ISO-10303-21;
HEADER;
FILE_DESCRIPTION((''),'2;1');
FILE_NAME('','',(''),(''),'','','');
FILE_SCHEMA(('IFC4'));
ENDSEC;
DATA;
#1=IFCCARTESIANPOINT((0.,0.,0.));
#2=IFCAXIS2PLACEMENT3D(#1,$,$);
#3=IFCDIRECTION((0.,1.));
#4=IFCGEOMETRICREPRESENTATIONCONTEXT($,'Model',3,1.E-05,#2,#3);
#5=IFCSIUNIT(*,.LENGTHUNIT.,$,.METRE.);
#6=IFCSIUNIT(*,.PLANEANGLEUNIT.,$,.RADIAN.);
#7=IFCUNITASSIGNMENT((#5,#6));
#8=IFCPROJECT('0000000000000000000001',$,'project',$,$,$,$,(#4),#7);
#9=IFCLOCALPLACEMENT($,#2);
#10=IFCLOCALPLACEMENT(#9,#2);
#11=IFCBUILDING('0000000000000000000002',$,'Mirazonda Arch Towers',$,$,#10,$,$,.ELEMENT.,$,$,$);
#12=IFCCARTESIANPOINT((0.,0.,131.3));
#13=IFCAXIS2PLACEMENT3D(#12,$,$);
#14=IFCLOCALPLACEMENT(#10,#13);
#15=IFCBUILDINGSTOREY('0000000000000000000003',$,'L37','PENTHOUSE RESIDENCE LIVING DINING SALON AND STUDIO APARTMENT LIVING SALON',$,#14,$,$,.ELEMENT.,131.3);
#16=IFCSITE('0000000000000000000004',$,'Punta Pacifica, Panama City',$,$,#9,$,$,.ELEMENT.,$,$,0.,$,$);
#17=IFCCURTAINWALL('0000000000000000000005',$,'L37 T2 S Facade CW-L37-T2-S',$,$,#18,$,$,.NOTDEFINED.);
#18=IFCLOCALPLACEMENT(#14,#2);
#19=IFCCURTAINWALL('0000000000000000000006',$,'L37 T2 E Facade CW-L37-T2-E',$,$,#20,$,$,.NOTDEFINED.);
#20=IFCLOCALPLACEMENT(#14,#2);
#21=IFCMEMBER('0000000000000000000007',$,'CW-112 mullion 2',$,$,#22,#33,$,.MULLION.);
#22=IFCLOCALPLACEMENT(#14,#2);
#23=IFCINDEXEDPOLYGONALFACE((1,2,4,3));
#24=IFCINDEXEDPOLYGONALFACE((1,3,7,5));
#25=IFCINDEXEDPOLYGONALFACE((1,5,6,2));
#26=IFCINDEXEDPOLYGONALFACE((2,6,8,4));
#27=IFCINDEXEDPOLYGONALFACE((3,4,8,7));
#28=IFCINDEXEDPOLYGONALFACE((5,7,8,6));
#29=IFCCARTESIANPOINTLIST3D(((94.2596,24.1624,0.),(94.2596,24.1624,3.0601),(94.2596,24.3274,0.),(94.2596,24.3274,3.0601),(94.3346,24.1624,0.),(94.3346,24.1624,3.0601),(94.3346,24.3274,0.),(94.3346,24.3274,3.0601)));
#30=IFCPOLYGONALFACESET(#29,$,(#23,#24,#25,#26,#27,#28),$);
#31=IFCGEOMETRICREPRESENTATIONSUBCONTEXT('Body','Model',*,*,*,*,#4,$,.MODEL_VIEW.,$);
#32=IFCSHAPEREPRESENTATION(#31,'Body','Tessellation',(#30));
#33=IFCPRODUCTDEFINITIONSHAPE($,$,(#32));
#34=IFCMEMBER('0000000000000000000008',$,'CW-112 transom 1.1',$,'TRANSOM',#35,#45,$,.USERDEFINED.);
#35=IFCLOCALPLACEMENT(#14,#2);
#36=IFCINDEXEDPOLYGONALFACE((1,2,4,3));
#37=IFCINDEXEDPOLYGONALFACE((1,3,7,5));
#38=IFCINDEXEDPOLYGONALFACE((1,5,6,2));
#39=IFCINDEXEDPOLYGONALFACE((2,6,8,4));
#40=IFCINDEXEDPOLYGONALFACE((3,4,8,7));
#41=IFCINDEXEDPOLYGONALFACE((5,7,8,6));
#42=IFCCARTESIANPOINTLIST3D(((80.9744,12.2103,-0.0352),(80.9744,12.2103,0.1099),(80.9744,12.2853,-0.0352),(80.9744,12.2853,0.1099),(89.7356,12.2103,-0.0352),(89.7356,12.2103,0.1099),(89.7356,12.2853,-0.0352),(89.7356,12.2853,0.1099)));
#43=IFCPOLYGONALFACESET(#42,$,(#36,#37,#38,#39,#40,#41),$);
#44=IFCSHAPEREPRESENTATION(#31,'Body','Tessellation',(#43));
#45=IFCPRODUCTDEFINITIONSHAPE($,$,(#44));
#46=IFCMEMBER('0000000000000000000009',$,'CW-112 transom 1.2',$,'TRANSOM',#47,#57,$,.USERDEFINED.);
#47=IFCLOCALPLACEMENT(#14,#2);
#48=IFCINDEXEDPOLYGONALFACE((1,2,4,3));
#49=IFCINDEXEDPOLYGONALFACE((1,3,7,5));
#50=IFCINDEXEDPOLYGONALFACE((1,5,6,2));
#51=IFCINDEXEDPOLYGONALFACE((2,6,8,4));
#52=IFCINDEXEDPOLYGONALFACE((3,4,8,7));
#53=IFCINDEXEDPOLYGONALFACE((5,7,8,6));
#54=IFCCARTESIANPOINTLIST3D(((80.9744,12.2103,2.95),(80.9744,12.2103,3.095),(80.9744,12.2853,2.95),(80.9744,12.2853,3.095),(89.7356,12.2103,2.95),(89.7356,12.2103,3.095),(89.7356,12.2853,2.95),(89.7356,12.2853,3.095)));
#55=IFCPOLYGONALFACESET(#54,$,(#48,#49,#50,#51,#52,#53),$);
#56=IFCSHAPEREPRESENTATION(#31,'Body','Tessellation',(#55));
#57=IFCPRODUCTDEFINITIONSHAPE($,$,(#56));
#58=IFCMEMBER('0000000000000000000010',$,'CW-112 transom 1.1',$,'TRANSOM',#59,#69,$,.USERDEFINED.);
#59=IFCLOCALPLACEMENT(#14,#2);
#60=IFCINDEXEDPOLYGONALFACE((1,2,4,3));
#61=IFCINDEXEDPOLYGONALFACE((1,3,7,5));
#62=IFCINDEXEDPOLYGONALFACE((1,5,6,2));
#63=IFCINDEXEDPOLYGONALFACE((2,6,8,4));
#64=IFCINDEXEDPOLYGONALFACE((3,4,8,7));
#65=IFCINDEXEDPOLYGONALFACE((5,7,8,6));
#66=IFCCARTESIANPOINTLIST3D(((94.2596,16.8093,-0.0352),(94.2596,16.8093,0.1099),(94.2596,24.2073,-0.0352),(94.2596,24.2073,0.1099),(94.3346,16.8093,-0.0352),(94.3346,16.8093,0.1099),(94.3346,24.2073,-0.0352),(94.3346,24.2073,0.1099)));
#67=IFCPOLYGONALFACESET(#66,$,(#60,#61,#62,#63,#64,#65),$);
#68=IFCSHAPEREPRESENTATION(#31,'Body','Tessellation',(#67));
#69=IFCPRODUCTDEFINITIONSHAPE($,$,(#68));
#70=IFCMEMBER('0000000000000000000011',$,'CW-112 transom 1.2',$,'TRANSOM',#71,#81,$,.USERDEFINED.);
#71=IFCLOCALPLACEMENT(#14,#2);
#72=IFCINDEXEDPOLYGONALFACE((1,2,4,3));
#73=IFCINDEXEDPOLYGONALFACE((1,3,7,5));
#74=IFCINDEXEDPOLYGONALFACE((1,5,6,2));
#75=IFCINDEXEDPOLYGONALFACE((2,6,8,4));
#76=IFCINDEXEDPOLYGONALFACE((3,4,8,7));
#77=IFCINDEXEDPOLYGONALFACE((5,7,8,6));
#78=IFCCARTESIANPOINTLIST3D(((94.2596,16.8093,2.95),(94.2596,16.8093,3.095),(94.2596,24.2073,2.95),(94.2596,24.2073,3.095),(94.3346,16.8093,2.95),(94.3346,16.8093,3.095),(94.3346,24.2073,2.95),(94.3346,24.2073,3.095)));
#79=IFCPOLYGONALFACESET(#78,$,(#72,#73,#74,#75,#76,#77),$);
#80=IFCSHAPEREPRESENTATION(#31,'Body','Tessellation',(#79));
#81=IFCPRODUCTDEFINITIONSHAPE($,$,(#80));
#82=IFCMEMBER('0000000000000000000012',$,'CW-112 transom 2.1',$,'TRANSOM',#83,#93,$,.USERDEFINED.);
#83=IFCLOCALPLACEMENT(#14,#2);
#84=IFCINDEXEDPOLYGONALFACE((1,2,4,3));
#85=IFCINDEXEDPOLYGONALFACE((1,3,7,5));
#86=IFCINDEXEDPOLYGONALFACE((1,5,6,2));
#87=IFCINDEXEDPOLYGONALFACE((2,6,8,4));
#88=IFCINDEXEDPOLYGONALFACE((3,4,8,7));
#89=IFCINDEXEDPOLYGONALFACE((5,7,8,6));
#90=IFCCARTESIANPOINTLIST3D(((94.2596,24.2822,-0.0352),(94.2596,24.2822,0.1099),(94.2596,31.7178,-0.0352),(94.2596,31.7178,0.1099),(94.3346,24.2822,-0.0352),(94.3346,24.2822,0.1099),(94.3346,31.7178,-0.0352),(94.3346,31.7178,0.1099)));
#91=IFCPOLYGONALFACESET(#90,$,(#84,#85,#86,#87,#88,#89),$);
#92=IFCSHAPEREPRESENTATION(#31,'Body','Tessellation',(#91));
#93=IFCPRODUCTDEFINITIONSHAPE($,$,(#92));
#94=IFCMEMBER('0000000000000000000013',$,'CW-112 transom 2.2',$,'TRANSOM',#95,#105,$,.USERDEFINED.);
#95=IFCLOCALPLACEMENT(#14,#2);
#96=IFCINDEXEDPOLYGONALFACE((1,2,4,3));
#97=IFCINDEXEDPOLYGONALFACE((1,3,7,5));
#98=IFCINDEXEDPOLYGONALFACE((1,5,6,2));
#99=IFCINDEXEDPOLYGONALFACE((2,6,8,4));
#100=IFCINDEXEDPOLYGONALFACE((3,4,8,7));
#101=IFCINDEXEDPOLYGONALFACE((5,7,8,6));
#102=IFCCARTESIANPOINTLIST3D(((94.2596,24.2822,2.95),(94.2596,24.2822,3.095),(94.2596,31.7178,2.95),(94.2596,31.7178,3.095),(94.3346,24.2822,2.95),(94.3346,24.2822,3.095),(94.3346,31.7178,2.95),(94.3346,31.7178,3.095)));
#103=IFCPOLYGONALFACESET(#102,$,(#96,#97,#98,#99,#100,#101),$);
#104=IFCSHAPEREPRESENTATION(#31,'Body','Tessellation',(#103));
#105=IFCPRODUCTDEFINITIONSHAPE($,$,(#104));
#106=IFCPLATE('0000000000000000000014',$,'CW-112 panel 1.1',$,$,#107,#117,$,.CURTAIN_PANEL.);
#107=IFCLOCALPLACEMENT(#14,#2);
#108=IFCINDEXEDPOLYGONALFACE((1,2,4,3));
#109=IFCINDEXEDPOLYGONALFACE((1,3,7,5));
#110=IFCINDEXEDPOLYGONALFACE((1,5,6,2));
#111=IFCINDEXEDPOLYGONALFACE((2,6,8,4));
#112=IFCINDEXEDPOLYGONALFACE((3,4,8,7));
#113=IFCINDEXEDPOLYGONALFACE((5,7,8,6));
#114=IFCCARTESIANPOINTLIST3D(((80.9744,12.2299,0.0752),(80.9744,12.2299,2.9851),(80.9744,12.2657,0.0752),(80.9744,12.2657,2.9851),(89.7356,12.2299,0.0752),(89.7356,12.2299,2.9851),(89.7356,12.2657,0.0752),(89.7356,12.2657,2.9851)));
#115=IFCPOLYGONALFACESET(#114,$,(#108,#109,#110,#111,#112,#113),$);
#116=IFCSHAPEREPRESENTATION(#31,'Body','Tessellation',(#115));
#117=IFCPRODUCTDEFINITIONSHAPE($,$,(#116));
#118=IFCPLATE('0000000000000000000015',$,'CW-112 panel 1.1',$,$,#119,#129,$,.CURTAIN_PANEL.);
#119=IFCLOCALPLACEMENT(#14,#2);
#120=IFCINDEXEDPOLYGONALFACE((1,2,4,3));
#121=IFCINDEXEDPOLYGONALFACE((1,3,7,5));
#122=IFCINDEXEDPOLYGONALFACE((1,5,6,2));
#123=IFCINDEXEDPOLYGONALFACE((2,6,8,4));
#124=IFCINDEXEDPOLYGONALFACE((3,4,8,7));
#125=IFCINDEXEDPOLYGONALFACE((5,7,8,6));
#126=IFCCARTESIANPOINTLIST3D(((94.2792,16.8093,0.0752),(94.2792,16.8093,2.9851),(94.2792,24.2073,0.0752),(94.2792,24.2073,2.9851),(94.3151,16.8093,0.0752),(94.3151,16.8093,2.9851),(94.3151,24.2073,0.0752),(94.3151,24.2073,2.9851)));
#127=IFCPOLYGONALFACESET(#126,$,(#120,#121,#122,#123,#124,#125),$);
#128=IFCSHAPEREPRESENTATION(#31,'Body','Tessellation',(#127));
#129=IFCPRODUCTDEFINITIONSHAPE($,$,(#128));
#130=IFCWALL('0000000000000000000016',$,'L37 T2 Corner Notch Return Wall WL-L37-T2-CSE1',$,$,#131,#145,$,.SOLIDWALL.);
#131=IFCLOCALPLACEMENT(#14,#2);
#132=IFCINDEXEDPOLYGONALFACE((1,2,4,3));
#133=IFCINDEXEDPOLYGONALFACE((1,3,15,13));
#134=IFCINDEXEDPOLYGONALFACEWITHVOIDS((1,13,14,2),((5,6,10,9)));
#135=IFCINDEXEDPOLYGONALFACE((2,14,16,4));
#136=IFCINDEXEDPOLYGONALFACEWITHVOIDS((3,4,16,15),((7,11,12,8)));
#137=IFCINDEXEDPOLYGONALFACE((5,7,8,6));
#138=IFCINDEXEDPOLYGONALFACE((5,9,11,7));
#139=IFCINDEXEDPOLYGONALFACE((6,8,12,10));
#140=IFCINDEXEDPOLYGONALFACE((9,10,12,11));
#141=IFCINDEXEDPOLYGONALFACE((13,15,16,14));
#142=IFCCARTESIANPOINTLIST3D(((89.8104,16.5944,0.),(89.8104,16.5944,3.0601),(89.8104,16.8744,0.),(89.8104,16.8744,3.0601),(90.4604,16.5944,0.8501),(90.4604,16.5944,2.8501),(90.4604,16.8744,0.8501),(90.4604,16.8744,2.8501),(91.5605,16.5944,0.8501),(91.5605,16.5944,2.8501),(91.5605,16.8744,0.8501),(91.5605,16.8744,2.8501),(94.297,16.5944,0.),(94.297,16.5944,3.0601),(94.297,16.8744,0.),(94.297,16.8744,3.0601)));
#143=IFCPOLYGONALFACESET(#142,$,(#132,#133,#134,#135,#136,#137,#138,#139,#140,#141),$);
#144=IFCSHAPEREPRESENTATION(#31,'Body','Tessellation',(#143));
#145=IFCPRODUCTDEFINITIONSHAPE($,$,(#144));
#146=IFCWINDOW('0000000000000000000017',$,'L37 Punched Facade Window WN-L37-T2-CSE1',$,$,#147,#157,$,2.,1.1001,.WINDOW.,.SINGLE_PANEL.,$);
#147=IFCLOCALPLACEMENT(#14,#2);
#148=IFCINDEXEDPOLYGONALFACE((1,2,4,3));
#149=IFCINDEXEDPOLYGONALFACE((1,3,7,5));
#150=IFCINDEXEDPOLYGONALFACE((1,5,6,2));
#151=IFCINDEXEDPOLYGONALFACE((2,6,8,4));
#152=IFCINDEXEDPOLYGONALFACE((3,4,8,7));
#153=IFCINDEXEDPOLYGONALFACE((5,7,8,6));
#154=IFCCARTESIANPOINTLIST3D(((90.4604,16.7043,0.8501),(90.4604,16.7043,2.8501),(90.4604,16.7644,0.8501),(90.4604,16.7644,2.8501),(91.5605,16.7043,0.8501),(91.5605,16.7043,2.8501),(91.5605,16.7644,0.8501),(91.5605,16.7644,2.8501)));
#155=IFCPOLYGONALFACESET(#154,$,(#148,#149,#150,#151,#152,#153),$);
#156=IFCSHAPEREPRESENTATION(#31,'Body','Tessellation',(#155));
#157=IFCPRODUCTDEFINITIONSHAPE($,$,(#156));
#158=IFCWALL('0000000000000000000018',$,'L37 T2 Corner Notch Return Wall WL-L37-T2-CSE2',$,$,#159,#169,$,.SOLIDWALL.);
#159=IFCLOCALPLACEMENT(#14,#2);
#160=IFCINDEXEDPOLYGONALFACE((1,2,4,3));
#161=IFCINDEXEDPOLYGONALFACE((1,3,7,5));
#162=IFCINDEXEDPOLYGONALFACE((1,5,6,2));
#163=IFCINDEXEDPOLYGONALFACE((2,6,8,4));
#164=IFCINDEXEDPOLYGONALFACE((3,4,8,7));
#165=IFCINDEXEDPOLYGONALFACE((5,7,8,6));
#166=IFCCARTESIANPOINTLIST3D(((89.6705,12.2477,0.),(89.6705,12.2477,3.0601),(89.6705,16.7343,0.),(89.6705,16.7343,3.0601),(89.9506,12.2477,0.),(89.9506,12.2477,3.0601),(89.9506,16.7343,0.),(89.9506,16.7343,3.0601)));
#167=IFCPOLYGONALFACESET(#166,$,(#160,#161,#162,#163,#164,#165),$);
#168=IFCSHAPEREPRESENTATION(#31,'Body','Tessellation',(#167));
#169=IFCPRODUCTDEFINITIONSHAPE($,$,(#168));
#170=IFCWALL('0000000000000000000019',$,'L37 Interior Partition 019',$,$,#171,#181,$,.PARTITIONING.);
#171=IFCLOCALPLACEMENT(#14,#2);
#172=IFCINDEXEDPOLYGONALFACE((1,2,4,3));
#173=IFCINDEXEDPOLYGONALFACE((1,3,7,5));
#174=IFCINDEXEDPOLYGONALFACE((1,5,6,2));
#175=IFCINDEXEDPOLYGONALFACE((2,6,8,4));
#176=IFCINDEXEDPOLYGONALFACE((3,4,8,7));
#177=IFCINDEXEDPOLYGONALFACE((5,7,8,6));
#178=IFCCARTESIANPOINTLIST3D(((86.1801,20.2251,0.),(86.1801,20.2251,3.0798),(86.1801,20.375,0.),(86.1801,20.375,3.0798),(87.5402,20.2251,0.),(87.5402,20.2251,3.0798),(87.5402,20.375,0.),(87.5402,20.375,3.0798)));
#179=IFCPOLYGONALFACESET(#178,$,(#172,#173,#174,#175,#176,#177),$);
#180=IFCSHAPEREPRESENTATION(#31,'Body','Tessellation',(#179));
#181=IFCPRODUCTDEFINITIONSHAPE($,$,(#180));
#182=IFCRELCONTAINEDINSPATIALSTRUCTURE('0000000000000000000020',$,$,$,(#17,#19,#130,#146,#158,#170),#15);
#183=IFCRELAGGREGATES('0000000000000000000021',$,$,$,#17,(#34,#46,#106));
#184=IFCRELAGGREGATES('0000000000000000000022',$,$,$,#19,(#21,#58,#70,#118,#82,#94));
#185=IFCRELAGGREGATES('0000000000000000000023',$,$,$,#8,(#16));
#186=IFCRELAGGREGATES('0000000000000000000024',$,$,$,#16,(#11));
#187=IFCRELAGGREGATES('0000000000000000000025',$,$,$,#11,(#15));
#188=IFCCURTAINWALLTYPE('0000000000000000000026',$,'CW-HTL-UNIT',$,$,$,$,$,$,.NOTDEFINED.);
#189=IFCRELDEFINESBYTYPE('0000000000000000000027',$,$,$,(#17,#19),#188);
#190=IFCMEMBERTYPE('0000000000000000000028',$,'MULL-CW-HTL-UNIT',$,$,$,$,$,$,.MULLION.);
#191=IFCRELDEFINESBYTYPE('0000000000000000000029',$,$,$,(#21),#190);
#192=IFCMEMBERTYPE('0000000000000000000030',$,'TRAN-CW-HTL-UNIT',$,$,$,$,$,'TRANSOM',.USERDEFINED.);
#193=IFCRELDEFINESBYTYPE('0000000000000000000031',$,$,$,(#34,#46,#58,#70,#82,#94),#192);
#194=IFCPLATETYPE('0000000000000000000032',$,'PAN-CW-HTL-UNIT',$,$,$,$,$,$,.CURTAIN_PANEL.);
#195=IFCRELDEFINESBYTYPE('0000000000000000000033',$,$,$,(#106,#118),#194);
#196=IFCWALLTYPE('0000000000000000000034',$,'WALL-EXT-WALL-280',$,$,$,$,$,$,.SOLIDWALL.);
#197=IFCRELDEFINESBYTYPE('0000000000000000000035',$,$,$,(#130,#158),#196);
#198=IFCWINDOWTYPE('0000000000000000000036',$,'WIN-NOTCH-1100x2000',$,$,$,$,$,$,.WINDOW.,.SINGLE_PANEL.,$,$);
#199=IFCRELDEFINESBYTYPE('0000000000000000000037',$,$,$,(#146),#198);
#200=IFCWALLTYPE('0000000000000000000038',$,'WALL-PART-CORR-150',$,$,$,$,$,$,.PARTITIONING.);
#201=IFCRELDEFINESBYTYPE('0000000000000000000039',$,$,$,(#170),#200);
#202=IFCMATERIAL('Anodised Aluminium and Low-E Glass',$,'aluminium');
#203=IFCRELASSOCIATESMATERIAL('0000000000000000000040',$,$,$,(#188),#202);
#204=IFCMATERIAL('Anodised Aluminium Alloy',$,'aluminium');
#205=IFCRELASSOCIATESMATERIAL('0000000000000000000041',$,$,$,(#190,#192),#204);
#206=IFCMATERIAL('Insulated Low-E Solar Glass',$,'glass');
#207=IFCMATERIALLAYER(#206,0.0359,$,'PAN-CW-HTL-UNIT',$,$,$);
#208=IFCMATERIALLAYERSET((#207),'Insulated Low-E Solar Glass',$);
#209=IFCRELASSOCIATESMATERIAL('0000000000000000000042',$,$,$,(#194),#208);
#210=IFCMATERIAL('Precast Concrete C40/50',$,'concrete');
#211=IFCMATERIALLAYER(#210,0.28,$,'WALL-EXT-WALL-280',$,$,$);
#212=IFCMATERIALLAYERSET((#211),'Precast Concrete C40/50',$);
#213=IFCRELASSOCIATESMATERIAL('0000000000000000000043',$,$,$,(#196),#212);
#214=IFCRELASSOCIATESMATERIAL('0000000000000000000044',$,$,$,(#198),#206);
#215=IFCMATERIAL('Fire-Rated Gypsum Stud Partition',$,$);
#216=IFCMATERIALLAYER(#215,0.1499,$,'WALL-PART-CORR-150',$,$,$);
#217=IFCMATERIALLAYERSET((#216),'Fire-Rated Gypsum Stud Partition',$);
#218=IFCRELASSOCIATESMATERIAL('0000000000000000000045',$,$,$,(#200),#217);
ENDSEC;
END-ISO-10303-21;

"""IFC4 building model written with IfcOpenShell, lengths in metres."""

from ifc_helpers import new_model, si_unit, direction, frame, frame_2d, origin, origin_2d, place, context, subcontext, project, spatial, rectangle, extrude, material, layer, layer_set, material_profile, profile_set, type_object, element, fill, aggregate, save


model = new_model("IFC4")

# Units and contexts
model_context = context("Model", 3, precision=1e-05, world=origin(), true_north=direction((0.0, 1.0)))
body_context = subcontext(model_context, "Body", "Model", "MODEL_VIEW")
ifc_project = project(units=[si_unit("LENGTHUNIT", "METRE"), si_unit("PLANEANGLEUNIT", "RADIAN")], contexts=[model_context])

# Site, building, storey
site_placement = place(None, origin())
site = spatial("IfcSite", under=ifc_project, at=site_placement, Name="Punta Pacifica, Panama City", CompositionType="ELEMENT", RefElevation=0.0)
building_placement = place(site_placement, origin())
building = spatial("IfcBuilding", under=site, at=building_placement, Name="Mirazonda Arch Towers", CompositionType="ELEMENT")
storey_placement = place(building_placement, frame((0.0, 0.0, 131.3)))
storey = spatial("IfcBuildingStorey", under=building, at=storey_placement, Name="L37", Description="PENTHOUSE RESIDENCE LIVING DINING SALON AND STUDIO APARTMENT LIVING SALON", CompositionType="ELEMENT", Elevation=131.3)

# Curtain wall
ifc_material_1 = material(Name="Anodised Aluminium and Low-E Glass", Category="aluminium")
curtain_wall_type = type_object("IfcCurtainWallType", Name="CW-HTL-UNIT", PredefinedType="NOTDEFINED", material=ifc_material_1)
curtain_wall_1_placement = place(storey_placement, origin())
curtain_wall_1 = element("IfcCurtainWall", 1, at=curtain_wall_1_placement, inside=storey, type_object=curtain_wall_type, Name="L37 T2 S Facade CW-L37-T2-S", PredefinedType="NOTDEFINED")
ifc_material_2 = material(Name="Anodised Aluminium Alloy", Category="aluminium")
ifc_material_profile_1 = material_profile(ifc_material_2, rectangle(XDim=0.075, YDim=0.165, at=origin_2d()), Name="ALU-MULL-75x165")
ifc_profile_set_1 = profile_set([ifc_material_profile_1], Name="Anodised Aluminium Alloy")
member_type_1 = type_object("IfcMemberType", Name="MULL-CW-HTL-UNIT", PredefinedType="MULLION", material=ifc_profile_set_1)

# Curtain wall, member
curtain_wall_2_placement = place(storey_placement, origin())
curtain_wall_2 = element("IfcCurtainWall", 2, at=curtain_wall_2_placement, inside=storey, type_object=curtain_wall_type, Name="L37 T2 E Facade CW-L37-T2-E", PredefinedType="NOTDEFINED")
member_1_placement = place(storey_placement, frame((94.2971, 24.2449, 0.0), z_axis=(0.0, 0.0, 1.0), x_axis=(-1.0, 0.0, 0.0)))
member_1 = element("IfcMember", 3, at=member_1_placement, type_object=member_type_1, Name="CW-112 mullion 2", PredefinedType="MULLION", context=body_context, shape_type="SweptSolid", body=[
    extrude(rectangle(XDim=0.075, YDim=0.165, at=origin_2d()), origin(), (0.0, 0.0, 1.0), 3.0601),
])

# Members
ifc_material_profile_2 = material_profile(ifc_material_2, rectangle(XDim=0.075, YDim=0.145, at=origin_2d()), Name="ALU-TRAN-75x145")
ifc_profile_set_2 = profile_set([ifc_material_profile_2], Name="Anodised Aluminium Alloy")
member_type_2 = type_object("IfcMemberType", Name="TRAN-CW-HTL-UNIT", ElementType="TRANSOM", PredefinedType="USERDEFINED", material=ifc_profile_set_2)
member_2_placement = place(storey_placement, frame((89.7356, 12.2478, 0.0374), z_axis=(-1.0, 0.0, 0.0), x_axis=(0.0, -1.0, 0.0)))
member_2 = element("IfcMember", 4, at=member_2_placement, type_object=member_type_2, Name="CW-112 transom 1.1", ObjectType="TRANSOM", PredefinedType="USERDEFINED", context=body_context, shape_type="SweptSolid", body=[
    extrude(rectangle(XDim=0.075, YDim=0.145, at=origin_2d()), origin(), (0.0, 0.0, 1.0), 8.7612),
])
member_3_placement = place(storey_placement, frame((89.7356, 12.2478, 3.0225), z_axis=(-1.0, 0.0, 0.0), x_axis=(0.0, -1.0, 0.0)))
member_3 = element("IfcMember", 5, at=member_3_placement, type_object=member_type_2, Name="CW-112 transom 1.2", ObjectType="TRANSOM", PredefinedType="USERDEFINED", context=body_context, shape_type="SweptSolid", body=[
    extrude(rectangle(XDim=0.075, YDim=0.145, at=origin_2d()), origin(), (0.0, 0.0, 1.0), 8.7612),
])
member_4_placement = place(storey_placement, frame((94.2971, 16.8093, 0.0374), z_axis=(0.0, 1.0, 0.0), x_axis=(-1.0, 0.0, 0.0)))
member_4 = element("IfcMember", 6, at=member_4_placement, type_object=member_type_2, Name="CW-112 transom 1.1", ObjectType="TRANSOM", PredefinedType="USERDEFINED", context=body_context, shape_type="SweptSolid", body=[
    extrude(rectangle(XDim=0.075, YDim=0.145, at=origin_2d()), origin(), (0.0, 0.0, 1.0), 7.3979),
])
member_5_placement = place(storey_placement, frame((94.2971, 16.8093, 3.0225), z_axis=(0.0, 1.0, 0.0), x_axis=(-1.0, 0.0, 0.0)))
member_5 = element("IfcMember", 7, at=member_5_placement, type_object=member_type_2, Name="CW-112 transom 1.2", ObjectType="TRANSOM", PredefinedType="USERDEFINED", context=body_context, shape_type="SweptSolid", body=[
    extrude(rectangle(XDim=0.075, YDim=0.145, at=origin_2d()), origin(), (0.0, 0.0, 1.0), 7.3979),
])
member_6_placement = place(storey_placement, frame((94.2971, 24.2822, 0.0374), z_axis=(0.0, 1.0, 0.0), x_axis=(-1.0, 0.0, 0.0)))
member_6 = element("IfcMember", 8, at=member_6_placement, type_object=member_type_2, Name="CW-112 transom 2.1", ObjectType="TRANSOM", PredefinedType="USERDEFINED", context=body_context, shape_type="SweptSolid", body=[
    extrude(rectangle(XDim=0.075, YDim=0.145, at=origin_2d()), origin(), (0.0, 0.0, 1.0), 7.4355),
])
member_7_placement = place(storey_placement, frame((94.2971, 24.2822, 3.0225), z_axis=(0.0, 1.0, 0.0), x_axis=(-1.0, 0.0, 0.0)))
member_7 = element("IfcMember", 9, at=member_7_placement, type_object=member_type_2, Name="CW-112 transom 2.2", ObjectType="TRANSOM", PredefinedType="USERDEFINED", context=body_context, shape_type="SweptSolid", body=[
    extrude(rectangle(XDim=0.075, YDim=0.145, at=origin_2d()), origin(), (0.0, 0.0, 1.0), 7.4355),
])

# Plates
ifc_material_3 = material(Name="Insulated Low-E Solar Glass", Category="glass")
ifc_layer_1 = layer(ifc_material_3, 0.0359, Name="PAN-CW-HTL-UNIT")
ifc_layer_set_1 = layer_set([ifc_layer_1], Name="Insulated Low-E Solar Glass")
plate_type = type_object("IfcPlateType", Name="PAN-CW-HTL-UNIT", PredefinedType="CURTAIN_PANEL", material=ifc_layer_set_1)
plate_1_placement = place(storey_placement, frame((85.355, 12.2478, 0.0752), z_axis=(0.0, 0.0, 1.0), x_axis=(-1.0, 0.0, 0.0)))
plate_1 = element("IfcPlate", 10, at=plate_1_placement, type_object=plate_type, Name="CW-112 panel 1.1", PredefinedType="CURTAIN_PANEL", context=body_context, shape_type="SweptSolid", body=[
    extrude(rectangle(XDim=8.7612, YDim=0.0359, at=origin_2d()), origin(), (0.0, 0.0, 1.0), 2.9099),
])
aggregate(curtain_wall_1, [member_2, member_3, plate_1])
plate_2_placement = place(storey_placement, frame((94.2971, 20.5083, 0.0752), z_axis=(0.0, 0.0, 1.0), x_axis=(0.0, 1.0, 0.0)))
plate_2 = element("IfcPlate", 11, at=plate_2_placement, type_object=plate_type, Name="CW-112 panel 1.1", PredefinedType="CURTAIN_PANEL", context=body_context, shape_type="SweptSolid", body=[
    extrude(rectangle(XDim=7.3979, YDim=0.0359, at=origin_2d()), origin(), (0.0, 0.0, 1.0), 2.9099),
])
aggregate(curtain_wall_2, [member_1, member_4, member_5, plate_2, member_6, member_7])

# Wall, opening, window
ifc_material_4 = material(Name="Precast Concrete C40/50", Category="concrete")
ifc_layer_2 = layer(ifc_material_4, 0.28, Name="WALL-EXT-WALL-280")
ifc_layer_set_2 = layer_set([ifc_layer_2], Name="Precast Concrete C40/50")
wall_type_1 = type_object("IfcWallType", Name="WALL-EXT-WALL-280", PredefinedType="SOLIDWALL", material=ifc_layer_set_2)
wall_1_placement = place(storey_placement, frame((89.8105, 16.7344, 0.0), z_axis=(0.0, 0.0, 1.0), x_axis=(1.0, 0.0, 0.0)))
wall_1 = element("IfcWall", 12, at=wall_1_placement, inside=storey, type_object=wall_type_1, Name="L37 T2 Corner Notch Return Wall WL-L37-T2-CSE1", PredefinedType="SOLIDWALL", context=body_context, shape_type="SweptSolid", body=[
    extrude(rectangle(XDim=4.4866, YDim=0.28, at=frame_2d((2.2432, 0.0))), origin(), (0.0, 0.0, 1.0), 3.0601),
])
opening_1_placement = place(wall_1_placement, frame((0.6499, 0.0, 0.8501)))
opening_1 = element("IfcOpeningElement", 13, at=opening_1_placement, cuts=wall_1, PredefinedType="OPENING", context=body_context, shape_type="SweptSolid", body=[
    extrude(rectangle(XDim=1.1001, YDim=2.0, at=frame_2d((0.55, 1.0))), frame((0.0, 0.1499, 0.0), z_axis=(0.0, -1.0, 0.0), x_axis=(1.0, 0.0, 0.0)), (0.0, 0.0, 1.0), 0.3),
])
window_type = type_object("IfcWindowType", Name="WIN-NOTCH-1100x2000", PartitioningType="SINGLE_PANEL", PredefinedType="WINDOW", material=ifc_material_3)
window_placement = place(opening_1_placement, origin())
window = element("IfcWindow", 14, at=window_placement, inside=storey, type_object=window_type, Name="L37 Punched Facade Window WN-L37-T2-CSE1", OverallHeight=2.0, OverallWidth=1.1001, PartitioningType="SINGLE_PANEL", PredefinedType="WINDOW", context=body_context, shape_type="SweptSolid", body=[
    extrude(rectangle(XDim=1.1001, YDim=2.0, at=frame_2d((0.55, 1.0))), frame((0.0, 0.03, 0.0), z_axis=(0.0, -1.0, 0.0), x_axis=(1.0, 0.0, 0.0)), (0.0, 0.0, 1.0), 0.0601),
])
fill(opening_1, window)

# Walls
wall_2_placement = place(storey_placement, frame((89.8105, 12.2478, 0.0), z_axis=(0.0, 0.0, 1.0), x_axis=(0.0, 1.0, 0.0)))
element("IfcWall", 15, at=wall_2_placement, inside=storey, type_object=wall_type_1, Name="L37 T2 Corner Notch Return Wall WL-L37-T2-CSE2", PredefinedType="SOLIDWALL", context=body_context, shape_type="SweptSolid", body=[
    extrude(rectangle(XDim=4.4866, YDim=0.28, at=frame_2d((2.2432, 0.0))), origin(), (0.0, 0.0, 1.0), 3.0601),
])
ifc_material_5 = material(Name="Fire-Rated Gypsum Stud Partition")
ifc_layer_3 = layer(ifc_material_5, 0.1499, Name="WALL-PART-CORR-150")
ifc_layer_set_3 = layer_set([ifc_layer_3], Name="Fire-Rated Gypsum Stud Partition")
wall_type_2 = type_object("IfcWallType", Name="WALL-PART-CORR-150", PredefinedType="PARTITIONING", material=ifc_layer_set_3)
wall_3_placement = place(storey_placement, frame((86.1799, 20.3, 0.0), z_axis=(0.0, 0.0, 1.0), x_axis=(1.0, 0.0, 0.0)))
element("IfcWall", 16, at=wall_3_placement, inside=storey, type_object=wall_type_2, Name="L37 Interior Partition 019", PredefinedType="PARTITIONING", context=body_context, shape_type="SweptSolid", body=[
    extrude(rectangle(XDim=1.3601, YDim=0.1499, at=frame_2d((0.6802, 0.0))), origin(), (0.0, 0.0, 1.0), 3.0798),
])

save(model, "model.ifc")
